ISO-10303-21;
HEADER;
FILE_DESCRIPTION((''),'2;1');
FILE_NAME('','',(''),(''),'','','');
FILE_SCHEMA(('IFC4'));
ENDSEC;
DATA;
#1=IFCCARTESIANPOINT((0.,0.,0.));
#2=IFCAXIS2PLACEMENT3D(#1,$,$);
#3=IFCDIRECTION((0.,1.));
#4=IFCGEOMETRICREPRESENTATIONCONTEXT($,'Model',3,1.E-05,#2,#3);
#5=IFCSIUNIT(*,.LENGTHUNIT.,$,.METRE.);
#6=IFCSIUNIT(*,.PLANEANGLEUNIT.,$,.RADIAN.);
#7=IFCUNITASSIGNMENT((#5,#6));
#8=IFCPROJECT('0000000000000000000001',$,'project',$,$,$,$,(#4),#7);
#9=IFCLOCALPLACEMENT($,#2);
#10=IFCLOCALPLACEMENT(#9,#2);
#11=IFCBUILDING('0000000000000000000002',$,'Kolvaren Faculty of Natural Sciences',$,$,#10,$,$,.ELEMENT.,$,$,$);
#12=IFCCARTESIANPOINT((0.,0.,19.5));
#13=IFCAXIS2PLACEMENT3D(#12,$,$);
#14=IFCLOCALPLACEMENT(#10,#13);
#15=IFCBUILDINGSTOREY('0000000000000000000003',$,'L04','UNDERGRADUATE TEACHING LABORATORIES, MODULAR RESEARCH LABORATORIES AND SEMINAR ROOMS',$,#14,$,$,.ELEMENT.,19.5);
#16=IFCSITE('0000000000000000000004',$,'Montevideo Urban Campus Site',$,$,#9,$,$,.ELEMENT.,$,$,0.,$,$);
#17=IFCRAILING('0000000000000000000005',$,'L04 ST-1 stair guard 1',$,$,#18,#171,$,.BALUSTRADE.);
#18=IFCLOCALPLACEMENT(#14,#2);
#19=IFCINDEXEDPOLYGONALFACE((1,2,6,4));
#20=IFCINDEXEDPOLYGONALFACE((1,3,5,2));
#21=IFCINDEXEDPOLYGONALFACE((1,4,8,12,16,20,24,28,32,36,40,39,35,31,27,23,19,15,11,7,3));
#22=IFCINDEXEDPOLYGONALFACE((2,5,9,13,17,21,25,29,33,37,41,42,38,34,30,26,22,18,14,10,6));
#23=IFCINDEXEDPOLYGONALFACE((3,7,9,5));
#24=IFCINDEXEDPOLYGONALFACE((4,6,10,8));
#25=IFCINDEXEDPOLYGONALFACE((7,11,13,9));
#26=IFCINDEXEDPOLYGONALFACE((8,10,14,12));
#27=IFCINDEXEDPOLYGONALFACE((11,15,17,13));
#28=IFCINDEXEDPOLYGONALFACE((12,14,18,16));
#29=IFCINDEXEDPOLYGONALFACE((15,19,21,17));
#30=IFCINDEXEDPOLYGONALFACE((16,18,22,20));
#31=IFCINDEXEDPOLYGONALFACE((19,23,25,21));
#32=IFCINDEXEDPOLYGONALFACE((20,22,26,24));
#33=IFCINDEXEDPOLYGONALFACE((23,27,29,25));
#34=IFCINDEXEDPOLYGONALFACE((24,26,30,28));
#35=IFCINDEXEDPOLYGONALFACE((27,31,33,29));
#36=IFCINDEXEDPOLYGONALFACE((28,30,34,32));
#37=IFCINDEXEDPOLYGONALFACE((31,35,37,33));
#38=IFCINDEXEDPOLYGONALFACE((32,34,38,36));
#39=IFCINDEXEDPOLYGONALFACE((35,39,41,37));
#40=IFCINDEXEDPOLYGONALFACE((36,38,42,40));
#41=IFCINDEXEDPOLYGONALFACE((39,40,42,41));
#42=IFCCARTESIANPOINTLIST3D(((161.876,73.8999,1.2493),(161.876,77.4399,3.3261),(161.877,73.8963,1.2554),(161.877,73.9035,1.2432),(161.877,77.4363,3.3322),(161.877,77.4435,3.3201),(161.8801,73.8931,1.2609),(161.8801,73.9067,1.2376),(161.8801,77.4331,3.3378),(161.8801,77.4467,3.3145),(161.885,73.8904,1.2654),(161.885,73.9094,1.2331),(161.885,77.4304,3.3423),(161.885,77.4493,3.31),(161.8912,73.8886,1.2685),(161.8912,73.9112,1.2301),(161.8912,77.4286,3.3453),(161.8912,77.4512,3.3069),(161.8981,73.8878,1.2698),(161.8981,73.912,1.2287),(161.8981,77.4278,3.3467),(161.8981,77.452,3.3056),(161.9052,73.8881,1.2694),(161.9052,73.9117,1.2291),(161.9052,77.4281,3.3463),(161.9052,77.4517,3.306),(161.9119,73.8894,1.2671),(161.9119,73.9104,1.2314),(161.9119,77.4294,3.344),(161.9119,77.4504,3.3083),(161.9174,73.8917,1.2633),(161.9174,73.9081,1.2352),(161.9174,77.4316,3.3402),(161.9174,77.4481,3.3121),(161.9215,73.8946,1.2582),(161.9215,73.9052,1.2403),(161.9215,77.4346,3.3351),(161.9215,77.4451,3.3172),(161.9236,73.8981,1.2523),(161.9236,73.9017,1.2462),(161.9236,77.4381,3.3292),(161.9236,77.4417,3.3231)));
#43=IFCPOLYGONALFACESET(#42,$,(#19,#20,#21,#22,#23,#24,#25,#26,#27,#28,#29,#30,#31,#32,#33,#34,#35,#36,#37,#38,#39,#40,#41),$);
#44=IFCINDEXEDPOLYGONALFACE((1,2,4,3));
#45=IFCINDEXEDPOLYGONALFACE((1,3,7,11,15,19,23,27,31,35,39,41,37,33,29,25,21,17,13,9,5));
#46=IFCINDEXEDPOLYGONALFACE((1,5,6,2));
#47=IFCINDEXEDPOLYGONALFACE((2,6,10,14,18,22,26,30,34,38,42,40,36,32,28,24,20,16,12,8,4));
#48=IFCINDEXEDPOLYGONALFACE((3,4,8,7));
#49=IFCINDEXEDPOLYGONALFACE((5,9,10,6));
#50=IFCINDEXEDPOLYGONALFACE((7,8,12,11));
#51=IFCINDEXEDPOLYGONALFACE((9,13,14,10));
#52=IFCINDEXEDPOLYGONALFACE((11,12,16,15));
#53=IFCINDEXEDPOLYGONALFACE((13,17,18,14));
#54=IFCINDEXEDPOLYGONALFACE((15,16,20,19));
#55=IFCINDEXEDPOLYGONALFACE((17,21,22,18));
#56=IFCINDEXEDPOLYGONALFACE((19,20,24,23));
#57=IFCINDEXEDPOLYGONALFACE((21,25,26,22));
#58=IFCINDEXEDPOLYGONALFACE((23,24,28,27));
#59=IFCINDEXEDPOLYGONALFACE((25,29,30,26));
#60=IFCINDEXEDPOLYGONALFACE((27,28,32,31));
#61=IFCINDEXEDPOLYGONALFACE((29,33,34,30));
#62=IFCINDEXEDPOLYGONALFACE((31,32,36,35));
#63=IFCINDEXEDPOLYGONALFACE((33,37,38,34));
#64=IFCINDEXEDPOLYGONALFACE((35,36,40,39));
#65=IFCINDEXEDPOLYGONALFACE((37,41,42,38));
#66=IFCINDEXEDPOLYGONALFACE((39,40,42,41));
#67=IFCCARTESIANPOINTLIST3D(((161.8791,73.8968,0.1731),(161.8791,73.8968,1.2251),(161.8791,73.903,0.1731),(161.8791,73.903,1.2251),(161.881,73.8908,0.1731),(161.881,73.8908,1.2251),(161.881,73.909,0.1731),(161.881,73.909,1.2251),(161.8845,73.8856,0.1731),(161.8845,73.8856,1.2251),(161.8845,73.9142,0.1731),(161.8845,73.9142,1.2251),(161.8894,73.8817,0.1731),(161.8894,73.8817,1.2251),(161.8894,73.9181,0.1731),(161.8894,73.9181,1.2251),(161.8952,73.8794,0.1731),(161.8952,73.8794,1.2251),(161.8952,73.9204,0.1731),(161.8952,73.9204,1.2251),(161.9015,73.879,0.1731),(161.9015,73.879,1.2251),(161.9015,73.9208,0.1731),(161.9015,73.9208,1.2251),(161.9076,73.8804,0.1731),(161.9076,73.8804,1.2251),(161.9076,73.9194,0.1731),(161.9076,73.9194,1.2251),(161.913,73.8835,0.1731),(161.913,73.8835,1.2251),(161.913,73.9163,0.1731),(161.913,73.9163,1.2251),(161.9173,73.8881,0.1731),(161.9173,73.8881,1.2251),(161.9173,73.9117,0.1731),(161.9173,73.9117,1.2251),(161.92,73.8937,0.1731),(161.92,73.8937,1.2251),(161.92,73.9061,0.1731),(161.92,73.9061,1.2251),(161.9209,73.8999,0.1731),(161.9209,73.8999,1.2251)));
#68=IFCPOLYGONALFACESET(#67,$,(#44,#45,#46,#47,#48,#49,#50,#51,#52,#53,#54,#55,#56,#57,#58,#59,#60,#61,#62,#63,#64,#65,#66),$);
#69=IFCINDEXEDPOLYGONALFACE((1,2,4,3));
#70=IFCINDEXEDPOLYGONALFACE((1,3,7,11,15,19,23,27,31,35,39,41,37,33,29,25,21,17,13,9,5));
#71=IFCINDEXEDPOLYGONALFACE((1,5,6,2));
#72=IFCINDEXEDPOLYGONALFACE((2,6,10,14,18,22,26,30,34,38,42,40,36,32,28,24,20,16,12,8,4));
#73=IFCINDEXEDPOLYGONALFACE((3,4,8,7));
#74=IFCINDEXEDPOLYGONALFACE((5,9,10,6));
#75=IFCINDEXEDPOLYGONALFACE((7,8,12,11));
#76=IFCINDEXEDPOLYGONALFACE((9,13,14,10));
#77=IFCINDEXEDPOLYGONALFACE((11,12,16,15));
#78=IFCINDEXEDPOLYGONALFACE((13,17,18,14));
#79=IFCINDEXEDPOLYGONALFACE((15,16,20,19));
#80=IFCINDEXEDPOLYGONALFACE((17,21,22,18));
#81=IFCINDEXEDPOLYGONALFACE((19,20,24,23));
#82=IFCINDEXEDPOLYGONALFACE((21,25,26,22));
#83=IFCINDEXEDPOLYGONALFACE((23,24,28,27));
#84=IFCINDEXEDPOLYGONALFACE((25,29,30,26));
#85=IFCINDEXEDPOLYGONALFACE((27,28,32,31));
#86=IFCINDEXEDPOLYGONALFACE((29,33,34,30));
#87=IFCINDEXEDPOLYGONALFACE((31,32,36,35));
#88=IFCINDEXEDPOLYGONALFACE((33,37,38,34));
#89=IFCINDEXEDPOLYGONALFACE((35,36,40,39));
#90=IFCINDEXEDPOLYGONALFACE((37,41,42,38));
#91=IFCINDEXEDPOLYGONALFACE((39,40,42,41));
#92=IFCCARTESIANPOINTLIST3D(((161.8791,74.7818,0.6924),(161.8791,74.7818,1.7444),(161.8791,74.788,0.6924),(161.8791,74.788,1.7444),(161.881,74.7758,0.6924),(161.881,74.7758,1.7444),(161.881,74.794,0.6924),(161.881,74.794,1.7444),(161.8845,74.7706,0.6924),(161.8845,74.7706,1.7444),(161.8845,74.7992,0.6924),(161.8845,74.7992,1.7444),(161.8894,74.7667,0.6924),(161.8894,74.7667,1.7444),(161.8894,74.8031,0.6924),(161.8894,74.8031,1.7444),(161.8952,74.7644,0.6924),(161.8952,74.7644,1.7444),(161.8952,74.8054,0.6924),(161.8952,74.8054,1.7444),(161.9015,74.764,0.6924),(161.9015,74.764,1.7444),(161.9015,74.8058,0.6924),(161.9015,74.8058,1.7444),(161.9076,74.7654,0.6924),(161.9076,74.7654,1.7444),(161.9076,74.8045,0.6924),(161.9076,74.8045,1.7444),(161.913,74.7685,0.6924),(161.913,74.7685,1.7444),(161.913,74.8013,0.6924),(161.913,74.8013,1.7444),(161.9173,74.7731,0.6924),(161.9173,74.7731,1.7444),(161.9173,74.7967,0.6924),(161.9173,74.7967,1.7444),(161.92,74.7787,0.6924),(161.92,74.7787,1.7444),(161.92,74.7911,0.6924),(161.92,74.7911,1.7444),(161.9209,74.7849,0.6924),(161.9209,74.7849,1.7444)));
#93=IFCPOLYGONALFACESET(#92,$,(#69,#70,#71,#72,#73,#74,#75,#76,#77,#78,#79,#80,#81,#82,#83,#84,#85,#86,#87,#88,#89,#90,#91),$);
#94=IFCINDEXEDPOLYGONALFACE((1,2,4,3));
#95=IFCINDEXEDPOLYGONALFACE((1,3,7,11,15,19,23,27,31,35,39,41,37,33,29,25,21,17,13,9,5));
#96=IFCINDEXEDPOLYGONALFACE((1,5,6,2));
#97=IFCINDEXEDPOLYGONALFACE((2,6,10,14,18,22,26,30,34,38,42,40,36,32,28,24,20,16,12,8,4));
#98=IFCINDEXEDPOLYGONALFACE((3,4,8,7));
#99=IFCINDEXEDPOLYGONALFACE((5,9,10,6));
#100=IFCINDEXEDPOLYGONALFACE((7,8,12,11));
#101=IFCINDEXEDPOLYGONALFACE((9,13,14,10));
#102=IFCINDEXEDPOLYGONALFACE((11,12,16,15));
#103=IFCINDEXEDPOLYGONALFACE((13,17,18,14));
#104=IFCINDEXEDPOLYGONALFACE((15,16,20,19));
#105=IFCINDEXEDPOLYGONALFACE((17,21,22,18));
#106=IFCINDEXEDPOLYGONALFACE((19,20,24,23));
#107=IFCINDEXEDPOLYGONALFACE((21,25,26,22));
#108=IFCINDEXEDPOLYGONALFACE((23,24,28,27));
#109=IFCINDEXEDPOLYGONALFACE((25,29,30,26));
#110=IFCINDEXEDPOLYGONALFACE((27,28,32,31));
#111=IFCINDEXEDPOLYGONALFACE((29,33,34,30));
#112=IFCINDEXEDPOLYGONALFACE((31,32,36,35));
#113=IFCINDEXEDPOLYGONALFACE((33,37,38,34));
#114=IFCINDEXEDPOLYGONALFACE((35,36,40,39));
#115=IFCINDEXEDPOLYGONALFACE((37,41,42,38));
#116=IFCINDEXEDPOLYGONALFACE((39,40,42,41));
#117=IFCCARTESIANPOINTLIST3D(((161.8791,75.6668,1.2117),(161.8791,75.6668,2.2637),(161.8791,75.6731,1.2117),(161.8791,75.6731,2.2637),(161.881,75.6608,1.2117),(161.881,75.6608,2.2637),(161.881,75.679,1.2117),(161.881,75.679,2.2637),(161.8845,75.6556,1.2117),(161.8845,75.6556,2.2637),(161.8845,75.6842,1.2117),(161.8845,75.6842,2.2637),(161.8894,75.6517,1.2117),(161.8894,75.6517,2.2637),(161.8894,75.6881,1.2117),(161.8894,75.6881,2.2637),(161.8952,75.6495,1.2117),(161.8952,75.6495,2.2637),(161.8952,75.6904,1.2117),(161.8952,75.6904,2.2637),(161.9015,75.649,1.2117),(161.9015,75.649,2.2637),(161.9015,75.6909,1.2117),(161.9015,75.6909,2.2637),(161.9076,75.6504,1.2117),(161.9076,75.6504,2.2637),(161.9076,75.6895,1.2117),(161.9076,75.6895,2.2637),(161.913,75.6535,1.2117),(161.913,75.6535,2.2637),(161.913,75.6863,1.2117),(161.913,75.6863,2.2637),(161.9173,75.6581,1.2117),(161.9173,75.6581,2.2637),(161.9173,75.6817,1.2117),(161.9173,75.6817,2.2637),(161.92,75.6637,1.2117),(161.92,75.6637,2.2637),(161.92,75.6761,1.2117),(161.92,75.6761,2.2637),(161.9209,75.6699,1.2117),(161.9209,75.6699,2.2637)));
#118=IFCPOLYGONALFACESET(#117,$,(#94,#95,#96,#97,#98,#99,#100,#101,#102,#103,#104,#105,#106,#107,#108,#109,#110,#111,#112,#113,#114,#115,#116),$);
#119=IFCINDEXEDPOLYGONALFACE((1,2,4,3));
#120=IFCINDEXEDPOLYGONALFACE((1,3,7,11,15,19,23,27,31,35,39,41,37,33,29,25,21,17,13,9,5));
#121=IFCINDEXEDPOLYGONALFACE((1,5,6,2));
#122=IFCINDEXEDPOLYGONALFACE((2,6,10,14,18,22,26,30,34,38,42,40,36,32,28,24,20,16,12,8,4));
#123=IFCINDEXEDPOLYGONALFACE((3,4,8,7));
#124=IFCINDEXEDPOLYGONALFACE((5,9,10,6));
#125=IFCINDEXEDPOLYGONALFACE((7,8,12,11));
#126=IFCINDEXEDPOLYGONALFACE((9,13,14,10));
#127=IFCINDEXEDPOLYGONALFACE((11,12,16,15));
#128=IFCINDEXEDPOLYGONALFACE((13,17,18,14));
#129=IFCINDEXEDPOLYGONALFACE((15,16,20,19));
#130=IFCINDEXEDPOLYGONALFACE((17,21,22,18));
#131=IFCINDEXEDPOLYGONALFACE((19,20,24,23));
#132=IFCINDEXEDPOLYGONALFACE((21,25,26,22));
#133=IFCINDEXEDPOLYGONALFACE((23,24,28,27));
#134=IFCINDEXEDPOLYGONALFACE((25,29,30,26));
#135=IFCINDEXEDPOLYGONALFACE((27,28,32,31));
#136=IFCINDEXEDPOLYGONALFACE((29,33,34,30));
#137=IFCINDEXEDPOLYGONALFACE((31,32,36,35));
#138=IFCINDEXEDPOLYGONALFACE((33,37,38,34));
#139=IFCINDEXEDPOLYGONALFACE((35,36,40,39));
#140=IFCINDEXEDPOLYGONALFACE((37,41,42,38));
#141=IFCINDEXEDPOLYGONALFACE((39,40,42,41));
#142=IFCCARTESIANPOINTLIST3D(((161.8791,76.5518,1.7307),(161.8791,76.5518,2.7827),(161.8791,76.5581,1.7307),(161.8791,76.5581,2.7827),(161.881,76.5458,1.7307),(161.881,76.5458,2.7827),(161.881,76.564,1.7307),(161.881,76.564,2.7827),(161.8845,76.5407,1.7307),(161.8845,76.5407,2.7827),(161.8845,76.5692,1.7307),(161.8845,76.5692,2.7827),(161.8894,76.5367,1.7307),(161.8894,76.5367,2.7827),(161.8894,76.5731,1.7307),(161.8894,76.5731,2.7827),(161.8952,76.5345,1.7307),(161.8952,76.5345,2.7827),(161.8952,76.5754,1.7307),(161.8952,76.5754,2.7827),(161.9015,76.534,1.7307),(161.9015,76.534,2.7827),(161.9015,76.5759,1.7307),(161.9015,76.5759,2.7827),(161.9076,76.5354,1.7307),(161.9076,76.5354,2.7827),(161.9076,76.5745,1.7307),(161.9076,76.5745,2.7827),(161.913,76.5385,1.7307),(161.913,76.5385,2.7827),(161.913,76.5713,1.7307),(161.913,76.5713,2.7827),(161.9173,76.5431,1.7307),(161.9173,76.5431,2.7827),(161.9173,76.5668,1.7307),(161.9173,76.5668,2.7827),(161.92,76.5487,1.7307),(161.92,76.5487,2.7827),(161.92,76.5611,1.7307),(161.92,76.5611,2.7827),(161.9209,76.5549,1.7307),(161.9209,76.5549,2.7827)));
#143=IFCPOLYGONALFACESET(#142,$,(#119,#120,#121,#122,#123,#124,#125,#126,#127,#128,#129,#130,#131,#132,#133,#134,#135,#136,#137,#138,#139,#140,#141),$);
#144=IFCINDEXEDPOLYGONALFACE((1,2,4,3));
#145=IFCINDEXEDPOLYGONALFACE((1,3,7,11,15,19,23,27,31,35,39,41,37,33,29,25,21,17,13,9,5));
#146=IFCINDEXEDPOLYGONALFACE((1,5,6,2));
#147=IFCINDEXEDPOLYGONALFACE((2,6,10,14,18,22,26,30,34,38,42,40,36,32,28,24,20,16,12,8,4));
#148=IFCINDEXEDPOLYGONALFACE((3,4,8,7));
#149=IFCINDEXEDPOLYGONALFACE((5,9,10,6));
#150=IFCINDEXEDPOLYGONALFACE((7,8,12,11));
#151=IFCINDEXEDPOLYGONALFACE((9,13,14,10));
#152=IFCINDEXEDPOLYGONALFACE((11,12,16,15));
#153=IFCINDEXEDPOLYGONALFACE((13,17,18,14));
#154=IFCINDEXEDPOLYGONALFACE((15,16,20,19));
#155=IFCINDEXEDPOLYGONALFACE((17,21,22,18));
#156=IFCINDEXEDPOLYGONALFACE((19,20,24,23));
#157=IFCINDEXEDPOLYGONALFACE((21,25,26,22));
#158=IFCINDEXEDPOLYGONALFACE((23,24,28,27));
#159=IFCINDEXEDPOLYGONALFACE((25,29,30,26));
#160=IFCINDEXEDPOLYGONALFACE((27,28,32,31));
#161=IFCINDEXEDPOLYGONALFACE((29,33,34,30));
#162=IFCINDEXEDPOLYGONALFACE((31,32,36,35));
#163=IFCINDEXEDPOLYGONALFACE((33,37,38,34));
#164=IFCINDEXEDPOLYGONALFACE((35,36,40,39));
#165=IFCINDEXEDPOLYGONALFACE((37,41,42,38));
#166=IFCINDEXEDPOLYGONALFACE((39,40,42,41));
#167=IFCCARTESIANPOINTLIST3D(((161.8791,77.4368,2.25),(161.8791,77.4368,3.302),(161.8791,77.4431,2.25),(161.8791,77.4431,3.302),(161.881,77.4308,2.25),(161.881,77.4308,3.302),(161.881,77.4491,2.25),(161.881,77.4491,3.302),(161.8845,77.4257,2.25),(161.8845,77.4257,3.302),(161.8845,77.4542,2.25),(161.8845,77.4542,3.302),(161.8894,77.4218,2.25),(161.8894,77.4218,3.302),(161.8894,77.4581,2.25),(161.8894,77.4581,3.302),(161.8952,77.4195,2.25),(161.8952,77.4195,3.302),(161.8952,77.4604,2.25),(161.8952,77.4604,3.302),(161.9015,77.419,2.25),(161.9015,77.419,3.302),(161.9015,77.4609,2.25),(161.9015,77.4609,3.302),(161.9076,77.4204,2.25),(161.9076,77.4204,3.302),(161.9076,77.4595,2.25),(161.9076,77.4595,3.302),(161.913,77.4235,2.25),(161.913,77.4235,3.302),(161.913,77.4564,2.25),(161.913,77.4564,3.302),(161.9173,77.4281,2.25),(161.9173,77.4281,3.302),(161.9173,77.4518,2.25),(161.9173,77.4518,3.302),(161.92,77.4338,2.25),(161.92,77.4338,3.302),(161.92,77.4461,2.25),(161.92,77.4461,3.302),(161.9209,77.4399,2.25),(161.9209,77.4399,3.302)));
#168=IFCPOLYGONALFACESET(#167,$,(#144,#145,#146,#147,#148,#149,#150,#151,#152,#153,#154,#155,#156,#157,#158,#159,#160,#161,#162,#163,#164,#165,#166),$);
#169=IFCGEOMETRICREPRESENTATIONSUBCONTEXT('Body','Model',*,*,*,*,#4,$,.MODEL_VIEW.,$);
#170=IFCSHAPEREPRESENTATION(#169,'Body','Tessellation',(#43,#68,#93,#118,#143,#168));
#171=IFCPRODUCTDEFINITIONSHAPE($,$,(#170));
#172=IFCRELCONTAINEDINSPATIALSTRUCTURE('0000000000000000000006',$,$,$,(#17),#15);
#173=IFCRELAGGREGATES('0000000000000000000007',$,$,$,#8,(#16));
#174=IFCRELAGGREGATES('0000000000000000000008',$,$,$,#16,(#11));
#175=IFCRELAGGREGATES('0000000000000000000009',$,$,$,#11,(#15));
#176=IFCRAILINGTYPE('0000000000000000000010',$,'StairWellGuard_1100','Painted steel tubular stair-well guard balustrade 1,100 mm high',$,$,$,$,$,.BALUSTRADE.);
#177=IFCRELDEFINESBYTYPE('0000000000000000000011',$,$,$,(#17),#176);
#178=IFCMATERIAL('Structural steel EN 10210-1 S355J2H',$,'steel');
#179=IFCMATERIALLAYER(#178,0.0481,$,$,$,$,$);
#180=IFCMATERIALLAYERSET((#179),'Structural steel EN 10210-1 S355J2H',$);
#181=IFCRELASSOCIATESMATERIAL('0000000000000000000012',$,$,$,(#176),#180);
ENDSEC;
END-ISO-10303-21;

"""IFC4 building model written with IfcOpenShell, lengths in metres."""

from ifc_helpers import new_model, si_unit, direction, frame, origin, origin_2d, place, context, subcontext, project, spatial, circle, extrude, material, layer, layer_set, type_object, element, save


model = new_model("IFC4")

# Units and contexts
model_context = context("Model", 3, precision=1e-05, world=origin(), true_north=direction((0.0, 1.0)))
body_context = subcontext(model_context, "Body", "Model", "MODEL_VIEW")
ifc_project = project(units=[si_unit("LENGTHUNIT", "METRE"), si_unit("PLANEANGLEUNIT", "RADIAN")], contexts=[model_context])

# Site, building, storey
site_placement = place(None, origin())
site = spatial("IfcSite", under=ifc_project, at=site_placement, Name="Montevideo Urban Campus Site", CompositionType="ELEMENT", RefElevation=0.0)
building_placement = place(site_placement, origin())
building = spatial("IfcBuilding", under=site, at=building_placement, Name="Kolvaren Faculty of Natural Sciences", CompositionType="ELEMENT")
storey_placement = place(building_placement, frame((0.0, 0.0, 19.5)))
storey = spatial("IfcBuildingStorey", under=building, at=storey_placement, Name="L04", Description="UNDERGRADUATE TEACHING LABORATORIES, MODULAR RESEARCH LABORATORIES AND SEMINAR ROOMS", CompositionType="ELEMENT", Elevation=19.5)

# Railing
ifc_material_1 = material(Name="Structural steel EN 10210-1 S355J2H", Category="steel")
ifc_layer_1 = layer(ifc_material_1, 0.0481)
ifc_layer_set_1 = layer_set([ifc_layer_1], Name="Structural steel EN 10210-1 S355J2H")
railing_type_1 = type_object("IfcRailingType", Name="StairWellGuard_1100", Description="Painted steel tubular stair-well guard balustrade 1,100 mm high", PredefinedType="BALUSTRADE", material=ifc_layer_set_1)
railing_1_placement = place(storey_placement, frame((161.8999, 73.8999, 0.1731)))
element("IfcRailing", 1, at=railing_1_placement, inside=storey, type_object=railing_type_1, Name="L04 ST-1 stair guard 1", PredefinedType="BALUSTRADE", context=body_context, shape_type="SweptSolid", body=[
    extrude(circle(Radius=0.0239, at=origin_2d()), frame((0.0, 0.0, 1.0762), z_axis=(0.0, 0.862516, 0.506029), x_axis=(-1.0, 0.0, 0.0)), (0.0, 0.0, 1.0), 4.1042),
    extrude(circle(Radius=0.021, at=origin_2d()), origin(), (0.0, 0.0, 1.0), 1.052),
    extrude(circle(Radius=0.021, at=origin_2d()), frame((0.0, 0.885, 0.5193)), (0.0, 0.0, 1.0), 1.052),
    extrude(circle(Radius=0.021, at=origin_2d()), frame((0.0, 1.77, 1.0386)), (0.0, 0.0, 1.0), 1.052),
    extrude(circle(Radius=0.021, at=origin_2d()), frame((0.0, 2.655, 1.5576)), (0.0, 0.0, 1.0), 1.052),
    extrude(circle(Radius=0.021, at=origin_2d()), frame((0.0, 3.54, 2.0769)), (0.0, 0.0, 1.0), 1.052),
])

save(model, "model.ifc")
